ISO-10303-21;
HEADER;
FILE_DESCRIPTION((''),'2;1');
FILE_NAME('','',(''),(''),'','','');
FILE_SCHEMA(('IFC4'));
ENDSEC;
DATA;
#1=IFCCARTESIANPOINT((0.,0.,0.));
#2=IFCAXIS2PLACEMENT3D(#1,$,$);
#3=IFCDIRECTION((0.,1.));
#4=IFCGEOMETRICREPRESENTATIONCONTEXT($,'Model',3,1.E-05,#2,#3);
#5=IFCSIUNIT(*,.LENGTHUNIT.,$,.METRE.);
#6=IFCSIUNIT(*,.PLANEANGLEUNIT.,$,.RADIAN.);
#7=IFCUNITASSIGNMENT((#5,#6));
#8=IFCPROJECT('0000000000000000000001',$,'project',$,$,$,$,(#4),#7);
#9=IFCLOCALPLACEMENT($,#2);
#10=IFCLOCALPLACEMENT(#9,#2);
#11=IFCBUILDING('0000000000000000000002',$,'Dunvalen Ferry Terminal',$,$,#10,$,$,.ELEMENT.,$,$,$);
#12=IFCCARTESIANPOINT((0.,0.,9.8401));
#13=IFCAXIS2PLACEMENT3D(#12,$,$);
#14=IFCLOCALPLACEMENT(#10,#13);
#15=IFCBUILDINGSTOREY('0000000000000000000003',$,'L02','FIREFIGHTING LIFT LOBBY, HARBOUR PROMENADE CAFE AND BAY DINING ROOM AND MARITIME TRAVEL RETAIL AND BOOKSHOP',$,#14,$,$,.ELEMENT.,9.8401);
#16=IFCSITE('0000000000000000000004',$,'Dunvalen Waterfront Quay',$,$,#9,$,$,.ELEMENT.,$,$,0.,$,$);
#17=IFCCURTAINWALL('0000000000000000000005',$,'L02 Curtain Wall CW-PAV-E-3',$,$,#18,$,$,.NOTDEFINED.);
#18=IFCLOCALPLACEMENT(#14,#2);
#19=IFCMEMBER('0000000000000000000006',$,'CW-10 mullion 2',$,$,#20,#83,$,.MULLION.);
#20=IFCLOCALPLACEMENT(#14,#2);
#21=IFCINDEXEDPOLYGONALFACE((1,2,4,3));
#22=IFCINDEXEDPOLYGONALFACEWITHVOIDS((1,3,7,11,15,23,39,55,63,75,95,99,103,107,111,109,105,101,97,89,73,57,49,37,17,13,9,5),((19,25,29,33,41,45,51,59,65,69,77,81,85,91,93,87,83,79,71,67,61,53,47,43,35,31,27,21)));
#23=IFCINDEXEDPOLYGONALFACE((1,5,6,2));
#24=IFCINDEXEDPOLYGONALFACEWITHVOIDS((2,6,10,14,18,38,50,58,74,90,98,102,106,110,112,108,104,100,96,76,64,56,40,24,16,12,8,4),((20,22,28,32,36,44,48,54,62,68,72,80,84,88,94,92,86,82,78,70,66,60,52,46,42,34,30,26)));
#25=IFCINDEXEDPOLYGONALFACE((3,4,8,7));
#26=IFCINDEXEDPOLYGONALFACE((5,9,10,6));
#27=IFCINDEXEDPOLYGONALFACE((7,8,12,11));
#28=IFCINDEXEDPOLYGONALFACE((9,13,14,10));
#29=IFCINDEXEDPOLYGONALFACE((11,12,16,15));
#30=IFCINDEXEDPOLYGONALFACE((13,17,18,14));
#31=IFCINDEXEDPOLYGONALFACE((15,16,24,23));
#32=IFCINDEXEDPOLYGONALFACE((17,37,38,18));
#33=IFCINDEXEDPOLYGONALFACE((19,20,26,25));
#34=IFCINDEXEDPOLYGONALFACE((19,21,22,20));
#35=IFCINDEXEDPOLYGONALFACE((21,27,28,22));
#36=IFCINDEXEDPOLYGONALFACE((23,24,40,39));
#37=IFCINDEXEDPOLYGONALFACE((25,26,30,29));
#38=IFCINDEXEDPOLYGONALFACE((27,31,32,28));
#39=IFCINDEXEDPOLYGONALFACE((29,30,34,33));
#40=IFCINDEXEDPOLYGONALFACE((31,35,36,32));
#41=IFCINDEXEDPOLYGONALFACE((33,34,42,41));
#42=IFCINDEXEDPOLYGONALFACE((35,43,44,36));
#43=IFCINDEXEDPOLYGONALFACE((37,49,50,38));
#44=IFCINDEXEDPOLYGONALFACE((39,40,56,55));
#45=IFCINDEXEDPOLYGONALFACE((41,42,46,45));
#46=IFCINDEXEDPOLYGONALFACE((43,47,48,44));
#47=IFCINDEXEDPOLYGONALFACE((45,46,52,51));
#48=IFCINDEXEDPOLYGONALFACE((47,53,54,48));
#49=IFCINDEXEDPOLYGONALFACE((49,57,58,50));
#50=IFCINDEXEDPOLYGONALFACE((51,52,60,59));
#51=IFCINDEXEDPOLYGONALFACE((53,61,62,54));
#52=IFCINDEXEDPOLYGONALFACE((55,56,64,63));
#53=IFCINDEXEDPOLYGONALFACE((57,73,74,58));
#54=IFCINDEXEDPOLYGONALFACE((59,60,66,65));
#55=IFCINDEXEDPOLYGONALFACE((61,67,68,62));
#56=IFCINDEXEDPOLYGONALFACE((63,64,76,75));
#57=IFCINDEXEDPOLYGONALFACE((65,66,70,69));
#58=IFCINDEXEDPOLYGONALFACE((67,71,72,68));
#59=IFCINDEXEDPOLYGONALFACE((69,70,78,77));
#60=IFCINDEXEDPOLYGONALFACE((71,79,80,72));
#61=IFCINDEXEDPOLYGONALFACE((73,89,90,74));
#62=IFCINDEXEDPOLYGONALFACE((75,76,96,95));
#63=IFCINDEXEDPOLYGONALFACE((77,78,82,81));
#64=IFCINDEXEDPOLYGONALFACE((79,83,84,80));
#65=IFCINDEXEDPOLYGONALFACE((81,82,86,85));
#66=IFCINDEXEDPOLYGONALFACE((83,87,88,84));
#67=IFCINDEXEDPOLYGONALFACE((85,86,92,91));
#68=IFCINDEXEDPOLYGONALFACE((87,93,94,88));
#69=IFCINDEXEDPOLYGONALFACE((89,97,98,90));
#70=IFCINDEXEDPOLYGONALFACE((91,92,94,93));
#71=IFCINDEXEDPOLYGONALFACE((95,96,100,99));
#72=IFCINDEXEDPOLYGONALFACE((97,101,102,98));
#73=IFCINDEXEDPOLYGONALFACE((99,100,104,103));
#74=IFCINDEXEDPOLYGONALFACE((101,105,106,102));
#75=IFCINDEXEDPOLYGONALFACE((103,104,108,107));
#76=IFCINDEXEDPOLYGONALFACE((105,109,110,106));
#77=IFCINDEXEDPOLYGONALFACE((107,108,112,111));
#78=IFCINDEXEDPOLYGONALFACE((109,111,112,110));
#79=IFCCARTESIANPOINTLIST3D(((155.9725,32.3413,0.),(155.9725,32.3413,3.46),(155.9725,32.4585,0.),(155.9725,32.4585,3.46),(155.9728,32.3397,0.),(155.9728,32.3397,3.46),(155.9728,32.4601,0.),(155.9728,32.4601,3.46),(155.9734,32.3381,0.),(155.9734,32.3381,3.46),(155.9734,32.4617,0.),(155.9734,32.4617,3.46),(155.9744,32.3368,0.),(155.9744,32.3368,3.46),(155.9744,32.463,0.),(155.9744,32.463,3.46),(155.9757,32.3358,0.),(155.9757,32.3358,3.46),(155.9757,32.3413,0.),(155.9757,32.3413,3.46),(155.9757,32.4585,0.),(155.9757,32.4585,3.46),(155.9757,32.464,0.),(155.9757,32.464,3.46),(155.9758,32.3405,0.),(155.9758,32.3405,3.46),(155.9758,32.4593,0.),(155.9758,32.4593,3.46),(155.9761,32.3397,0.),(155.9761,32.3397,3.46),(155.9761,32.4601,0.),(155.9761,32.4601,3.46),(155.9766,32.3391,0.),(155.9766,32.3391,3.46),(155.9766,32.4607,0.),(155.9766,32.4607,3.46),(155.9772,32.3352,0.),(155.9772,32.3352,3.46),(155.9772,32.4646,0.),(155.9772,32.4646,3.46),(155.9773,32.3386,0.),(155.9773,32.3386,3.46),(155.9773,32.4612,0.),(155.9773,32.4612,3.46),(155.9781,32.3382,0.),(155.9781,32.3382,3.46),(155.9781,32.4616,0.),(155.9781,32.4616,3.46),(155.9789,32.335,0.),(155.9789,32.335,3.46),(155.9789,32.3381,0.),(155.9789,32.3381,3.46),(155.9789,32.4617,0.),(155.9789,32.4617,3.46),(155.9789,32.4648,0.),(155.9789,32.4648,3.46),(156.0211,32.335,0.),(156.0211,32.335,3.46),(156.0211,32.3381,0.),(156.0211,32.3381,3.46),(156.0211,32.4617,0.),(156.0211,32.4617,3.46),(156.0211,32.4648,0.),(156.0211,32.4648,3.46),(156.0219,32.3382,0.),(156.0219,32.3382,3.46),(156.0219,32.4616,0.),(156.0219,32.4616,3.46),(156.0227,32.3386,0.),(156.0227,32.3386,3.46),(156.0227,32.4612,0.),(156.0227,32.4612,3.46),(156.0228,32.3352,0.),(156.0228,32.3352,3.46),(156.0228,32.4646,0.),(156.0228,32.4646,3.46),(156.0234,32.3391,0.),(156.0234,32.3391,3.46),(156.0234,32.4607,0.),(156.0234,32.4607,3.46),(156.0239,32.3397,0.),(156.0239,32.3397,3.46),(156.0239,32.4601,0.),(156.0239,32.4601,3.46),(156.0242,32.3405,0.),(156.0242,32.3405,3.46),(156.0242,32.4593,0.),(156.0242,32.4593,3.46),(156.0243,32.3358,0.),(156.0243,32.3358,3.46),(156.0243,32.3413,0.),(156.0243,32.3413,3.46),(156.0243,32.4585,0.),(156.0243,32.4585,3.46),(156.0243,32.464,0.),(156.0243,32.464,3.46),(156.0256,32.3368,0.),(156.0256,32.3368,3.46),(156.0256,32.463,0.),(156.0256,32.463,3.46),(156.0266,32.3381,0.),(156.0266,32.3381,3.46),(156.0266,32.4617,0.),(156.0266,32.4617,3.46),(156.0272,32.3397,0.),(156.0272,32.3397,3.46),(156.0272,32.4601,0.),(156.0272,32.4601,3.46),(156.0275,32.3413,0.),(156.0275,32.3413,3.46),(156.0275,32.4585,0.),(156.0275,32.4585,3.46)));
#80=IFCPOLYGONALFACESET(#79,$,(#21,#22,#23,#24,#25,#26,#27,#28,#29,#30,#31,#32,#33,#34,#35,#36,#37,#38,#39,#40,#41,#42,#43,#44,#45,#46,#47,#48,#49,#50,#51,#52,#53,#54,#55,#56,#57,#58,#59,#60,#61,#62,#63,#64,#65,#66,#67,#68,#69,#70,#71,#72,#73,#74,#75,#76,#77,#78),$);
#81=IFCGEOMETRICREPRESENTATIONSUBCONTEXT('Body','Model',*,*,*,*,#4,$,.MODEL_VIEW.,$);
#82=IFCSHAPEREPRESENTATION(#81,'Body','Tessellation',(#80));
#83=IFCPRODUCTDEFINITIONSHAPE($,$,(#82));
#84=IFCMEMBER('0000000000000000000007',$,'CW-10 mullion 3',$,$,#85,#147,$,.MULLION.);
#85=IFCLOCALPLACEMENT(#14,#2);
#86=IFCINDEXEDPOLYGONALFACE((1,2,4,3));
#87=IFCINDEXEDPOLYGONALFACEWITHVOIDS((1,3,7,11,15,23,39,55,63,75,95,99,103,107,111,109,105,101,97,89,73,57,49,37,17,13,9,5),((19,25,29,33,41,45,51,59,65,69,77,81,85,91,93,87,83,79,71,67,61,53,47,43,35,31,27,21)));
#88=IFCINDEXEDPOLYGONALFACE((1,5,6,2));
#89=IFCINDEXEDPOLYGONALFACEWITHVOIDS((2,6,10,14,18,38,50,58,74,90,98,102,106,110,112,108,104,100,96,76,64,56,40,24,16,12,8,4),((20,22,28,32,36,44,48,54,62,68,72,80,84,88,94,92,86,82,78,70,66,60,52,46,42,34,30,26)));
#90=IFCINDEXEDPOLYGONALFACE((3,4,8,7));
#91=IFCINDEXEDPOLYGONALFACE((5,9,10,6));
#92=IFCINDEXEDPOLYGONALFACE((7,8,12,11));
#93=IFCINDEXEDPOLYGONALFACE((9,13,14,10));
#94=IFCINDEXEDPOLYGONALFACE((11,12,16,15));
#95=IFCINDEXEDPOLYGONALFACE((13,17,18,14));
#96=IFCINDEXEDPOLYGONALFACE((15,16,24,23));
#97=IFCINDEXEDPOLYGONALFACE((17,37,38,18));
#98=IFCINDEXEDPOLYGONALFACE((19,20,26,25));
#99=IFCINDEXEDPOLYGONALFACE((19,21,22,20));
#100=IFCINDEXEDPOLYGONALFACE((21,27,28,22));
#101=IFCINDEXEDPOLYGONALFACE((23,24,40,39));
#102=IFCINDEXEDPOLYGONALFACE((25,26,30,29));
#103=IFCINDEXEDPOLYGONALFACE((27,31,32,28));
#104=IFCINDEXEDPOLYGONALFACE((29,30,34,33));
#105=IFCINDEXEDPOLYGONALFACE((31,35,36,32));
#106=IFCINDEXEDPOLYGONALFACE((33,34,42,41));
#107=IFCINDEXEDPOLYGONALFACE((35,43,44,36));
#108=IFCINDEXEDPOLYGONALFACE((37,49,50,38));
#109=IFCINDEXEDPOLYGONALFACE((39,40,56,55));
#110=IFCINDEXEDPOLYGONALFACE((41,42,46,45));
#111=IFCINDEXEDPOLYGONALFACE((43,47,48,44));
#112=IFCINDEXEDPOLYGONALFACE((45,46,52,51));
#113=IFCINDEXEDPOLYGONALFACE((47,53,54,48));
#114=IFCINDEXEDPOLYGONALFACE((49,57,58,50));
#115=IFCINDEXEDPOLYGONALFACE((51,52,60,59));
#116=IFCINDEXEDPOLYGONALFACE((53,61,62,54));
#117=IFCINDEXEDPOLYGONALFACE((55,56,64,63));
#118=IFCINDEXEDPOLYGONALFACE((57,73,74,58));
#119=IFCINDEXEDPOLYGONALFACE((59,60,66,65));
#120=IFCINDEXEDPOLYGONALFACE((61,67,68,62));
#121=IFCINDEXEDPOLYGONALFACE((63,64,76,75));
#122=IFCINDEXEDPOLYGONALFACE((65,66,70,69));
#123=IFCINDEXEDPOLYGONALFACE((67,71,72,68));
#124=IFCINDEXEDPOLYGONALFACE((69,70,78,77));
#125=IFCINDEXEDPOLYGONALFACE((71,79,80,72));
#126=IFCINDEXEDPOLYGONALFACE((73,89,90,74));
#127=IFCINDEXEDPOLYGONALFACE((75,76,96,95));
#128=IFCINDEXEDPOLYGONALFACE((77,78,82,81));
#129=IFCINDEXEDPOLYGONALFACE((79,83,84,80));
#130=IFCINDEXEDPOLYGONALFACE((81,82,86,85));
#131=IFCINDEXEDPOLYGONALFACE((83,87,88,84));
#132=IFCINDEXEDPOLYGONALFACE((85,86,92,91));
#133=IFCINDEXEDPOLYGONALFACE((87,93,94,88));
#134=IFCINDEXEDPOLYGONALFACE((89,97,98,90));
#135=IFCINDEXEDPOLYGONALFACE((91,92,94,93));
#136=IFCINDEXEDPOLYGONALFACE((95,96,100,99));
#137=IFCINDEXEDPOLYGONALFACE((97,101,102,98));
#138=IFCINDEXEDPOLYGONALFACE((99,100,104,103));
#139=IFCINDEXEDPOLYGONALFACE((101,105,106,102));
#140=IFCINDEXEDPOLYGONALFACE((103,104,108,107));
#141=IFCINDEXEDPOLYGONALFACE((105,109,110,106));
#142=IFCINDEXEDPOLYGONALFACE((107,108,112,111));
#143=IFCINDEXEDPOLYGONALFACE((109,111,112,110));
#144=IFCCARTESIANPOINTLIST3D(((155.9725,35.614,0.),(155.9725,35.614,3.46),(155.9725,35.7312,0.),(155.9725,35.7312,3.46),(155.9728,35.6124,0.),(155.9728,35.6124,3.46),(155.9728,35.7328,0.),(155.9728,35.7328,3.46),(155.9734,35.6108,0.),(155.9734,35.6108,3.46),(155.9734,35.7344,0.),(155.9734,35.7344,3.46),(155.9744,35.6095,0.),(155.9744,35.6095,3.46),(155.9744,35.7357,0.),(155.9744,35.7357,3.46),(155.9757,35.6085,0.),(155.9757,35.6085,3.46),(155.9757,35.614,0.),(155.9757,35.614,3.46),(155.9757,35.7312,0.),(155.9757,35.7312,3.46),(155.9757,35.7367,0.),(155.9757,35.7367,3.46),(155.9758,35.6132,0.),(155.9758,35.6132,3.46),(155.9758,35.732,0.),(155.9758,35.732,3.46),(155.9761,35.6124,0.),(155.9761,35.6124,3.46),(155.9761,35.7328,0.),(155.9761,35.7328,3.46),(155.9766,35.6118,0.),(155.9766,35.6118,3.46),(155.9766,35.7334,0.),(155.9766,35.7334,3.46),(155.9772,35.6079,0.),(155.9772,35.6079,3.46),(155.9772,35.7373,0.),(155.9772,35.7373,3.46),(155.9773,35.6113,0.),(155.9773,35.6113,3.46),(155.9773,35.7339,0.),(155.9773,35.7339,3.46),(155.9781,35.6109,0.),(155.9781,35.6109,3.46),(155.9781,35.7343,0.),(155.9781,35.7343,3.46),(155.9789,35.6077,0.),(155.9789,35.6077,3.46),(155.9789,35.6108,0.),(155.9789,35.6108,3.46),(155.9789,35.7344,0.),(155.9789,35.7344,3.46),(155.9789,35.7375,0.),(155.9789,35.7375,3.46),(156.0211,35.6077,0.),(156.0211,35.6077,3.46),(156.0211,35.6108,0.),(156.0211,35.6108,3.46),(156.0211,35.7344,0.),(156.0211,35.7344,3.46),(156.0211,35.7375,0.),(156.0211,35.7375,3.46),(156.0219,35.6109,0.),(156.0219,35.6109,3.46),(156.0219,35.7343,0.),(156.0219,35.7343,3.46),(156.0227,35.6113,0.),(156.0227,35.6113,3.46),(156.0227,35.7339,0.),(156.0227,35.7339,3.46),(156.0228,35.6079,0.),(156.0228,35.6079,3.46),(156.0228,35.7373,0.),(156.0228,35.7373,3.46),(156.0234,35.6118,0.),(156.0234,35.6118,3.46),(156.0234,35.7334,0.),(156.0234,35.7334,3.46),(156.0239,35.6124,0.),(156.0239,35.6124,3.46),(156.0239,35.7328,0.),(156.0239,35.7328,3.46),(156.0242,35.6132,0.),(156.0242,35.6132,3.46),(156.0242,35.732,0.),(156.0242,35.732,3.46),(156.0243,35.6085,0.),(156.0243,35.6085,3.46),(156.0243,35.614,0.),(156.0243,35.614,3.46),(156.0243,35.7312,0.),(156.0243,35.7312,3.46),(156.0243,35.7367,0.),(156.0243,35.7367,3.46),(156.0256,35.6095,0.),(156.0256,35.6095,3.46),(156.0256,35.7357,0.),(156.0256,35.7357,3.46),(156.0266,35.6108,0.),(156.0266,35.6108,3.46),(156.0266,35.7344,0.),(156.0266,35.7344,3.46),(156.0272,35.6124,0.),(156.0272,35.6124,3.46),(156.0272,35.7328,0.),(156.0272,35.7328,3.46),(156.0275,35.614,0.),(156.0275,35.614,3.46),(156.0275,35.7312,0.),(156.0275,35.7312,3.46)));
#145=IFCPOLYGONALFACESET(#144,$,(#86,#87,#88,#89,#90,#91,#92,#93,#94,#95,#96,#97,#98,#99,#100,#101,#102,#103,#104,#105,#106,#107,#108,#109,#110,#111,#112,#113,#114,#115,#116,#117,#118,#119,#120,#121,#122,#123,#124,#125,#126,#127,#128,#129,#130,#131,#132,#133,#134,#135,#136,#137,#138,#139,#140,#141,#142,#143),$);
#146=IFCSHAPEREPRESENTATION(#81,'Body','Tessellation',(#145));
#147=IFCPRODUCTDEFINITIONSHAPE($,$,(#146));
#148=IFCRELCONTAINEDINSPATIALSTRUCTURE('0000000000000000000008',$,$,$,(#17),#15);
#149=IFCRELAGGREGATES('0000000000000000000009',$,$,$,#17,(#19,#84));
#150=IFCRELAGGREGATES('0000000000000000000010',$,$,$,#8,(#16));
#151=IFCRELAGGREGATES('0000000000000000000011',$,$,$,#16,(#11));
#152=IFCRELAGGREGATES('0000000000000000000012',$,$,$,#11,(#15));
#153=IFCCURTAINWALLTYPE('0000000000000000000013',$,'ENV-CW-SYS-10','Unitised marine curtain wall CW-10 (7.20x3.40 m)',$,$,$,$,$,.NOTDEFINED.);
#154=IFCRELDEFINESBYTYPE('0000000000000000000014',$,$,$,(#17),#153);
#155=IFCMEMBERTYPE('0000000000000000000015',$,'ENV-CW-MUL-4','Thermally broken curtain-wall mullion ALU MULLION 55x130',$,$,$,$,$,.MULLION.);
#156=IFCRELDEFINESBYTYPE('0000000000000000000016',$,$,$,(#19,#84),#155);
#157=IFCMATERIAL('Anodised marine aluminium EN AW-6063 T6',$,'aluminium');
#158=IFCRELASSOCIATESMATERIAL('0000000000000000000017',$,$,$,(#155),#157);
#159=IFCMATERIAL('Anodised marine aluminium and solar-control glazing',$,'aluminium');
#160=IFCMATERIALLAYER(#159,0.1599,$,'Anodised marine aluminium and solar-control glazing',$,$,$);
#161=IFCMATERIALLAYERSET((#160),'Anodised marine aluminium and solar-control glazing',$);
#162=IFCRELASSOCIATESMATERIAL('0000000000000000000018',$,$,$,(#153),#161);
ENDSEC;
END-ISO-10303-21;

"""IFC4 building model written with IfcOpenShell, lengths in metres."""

from ifc_helpers import new_model, si_unit, direction, frame, origin, origin_2d, place, context, subcontext, project, spatial, hollow_rectangle, extrude, material, layer, layer_set, material_profile, profile_set, type_object, element, aggregate, save


model = new_model("IFC4")

# Units and contexts
model_context = context("Model", 3, precision=1e-05, world=origin(), true_north=direction((0.0, 1.0)))
body_context = subcontext(model_context, "Body", "Model", "MODEL_VIEW")
ifc_project = project(units=[si_unit("LENGTHUNIT", "METRE"), si_unit("PLANEANGLEUNIT", "RADIAN")], contexts=[model_context])

# Site, building, storey
site_placement = place(None, origin())
site = spatial("IfcSite", under=ifc_project, at=site_placement, Name="Dunvalen Waterfront Quay", CompositionType="ELEMENT", RefElevation=0.0)
building_placement = place(site_placement, origin())
building = spatial("IfcBuilding", under=site, at=building_placement, Name="Dunvalen Ferry Terminal", CompositionType="ELEMENT")
storey_placement = place(building_placement, frame((0.0, 0.0, 9.8401)))
storey = spatial("IfcBuildingStorey", under=building, at=storey_placement, Name="L02", Description="FIREFIGHTING LIFT LOBBY, HARBOUR PROMENADE CAFE AND BAY DINING ROOM AND MARITIME TRAVEL RETAIL AND BOOKSHOP", CompositionType="ELEMENT", Elevation=9.8401)

# Shared definitions
ifc_material_1 = material(Name="Anodised marine aluminium and solar-control glazing", Category="aluminium")
ifc_material_2 = material(Name="Anodised marine aluminium EN AW-6063 T6", Category="aluminium")
ifc_material_profile_1 = material_profile(ifc_material_2, hollow_rectangle(XDim=0.0549, YDim=0.1299, WallThickness=0.0032, InnerFilletRadius=0.0032, OuterFilletRadius=0.0063, at=origin_2d()), Name="Anodised marine aluminium EN AW-6063 T6")
ifc_profile_set_1 = profile_set([ifc_material_profile_1], Name="Anodised marine aluminium EN AW-6063 T6")
member_type_1 = type_object("IfcMemberType", Name="ENV-CW-MUL-4", Description="Thermally broken curtain-wall mullion ALU MULLION 55x130", PredefinedType="MULLION", material=ifc_profile_set_1)

# Curtain wall, members
ifc_layer_1 = layer(ifc_material_1, 0.1599, Name="Anodised marine aluminium and solar-control glazing")
ifc_layer_set_1 = layer_set([ifc_layer_1], Name="Anodised marine aluminium and solar-control glazing")
curtain_wall_type_1 = type_object("IfcCurtainWallType", Name="ENV-CW-SYS-10", Description="Unitised marine curtain wall CW-10 (7.20x3.40 m)", PredefinedType="NOTDEFINED", material=ifc_layer_set_1)
curtain_wall_1_placement = place(storey_placement, origin())
curtain_wall_1 = element("IfcCurtainWall", 1, at=curtain_wall_1_placement, inside=storey, type_object=curtain_wall_type_1, Name="L02 Curtain Wall CW-PAV-E-3", PredefinedType="NOTDEFINED")
member_1_placement = place(storey_placement, frame((156.0, 32.3999, 0.0), z_axis=(0.0, 0.0, 1.0), x_axis=(-1.0, 0.0, 0.0)))
member_1 = element("IfcMember", 2, at=member_1_placement, type_object=member_type_1, Name="CW-10 mullion 2", PredefinedType="MULLION", context=body_context, shape_type="SweptSolid", body=[
    extrude(hollow_rectangle(XDim=0.0549, YDim=0.1299, WallThickness=0.0032, InnerFilletRadius=0.0032, OuterFilletRadius=0.0063, at=origin_2d()), origin(), (0.0, 0.0, 1.0), 3.46),
])
member_2_placement = place(storey_placement, frame((156.0, 35.6726, 0.0), z_axis=(0.0, 0.0, 1.0), x_axis=(-1.0, 0.0, 0.0)))
member_2 = element("IfcMember", 3, at=member_2_placement, type_object=member_type_1, Name="CW-10 mullion 3", PredefinedType="MULLION", context=body_context, shape_type="SweptSolid", body=[
    extrude(hollow_rectangle(XDim=0.0549, YDim=0.1299, WallThickness=0.0032, InnerFilletRadius=0.0032, OuterFilletRadius=0.0063, at=origin_2d()), origin(), (0.0, 0.0, 1.0), 3.46),
])

aggregate(curtain_wall_1, [member_1, member_2])

save(model, "model.ifc")
